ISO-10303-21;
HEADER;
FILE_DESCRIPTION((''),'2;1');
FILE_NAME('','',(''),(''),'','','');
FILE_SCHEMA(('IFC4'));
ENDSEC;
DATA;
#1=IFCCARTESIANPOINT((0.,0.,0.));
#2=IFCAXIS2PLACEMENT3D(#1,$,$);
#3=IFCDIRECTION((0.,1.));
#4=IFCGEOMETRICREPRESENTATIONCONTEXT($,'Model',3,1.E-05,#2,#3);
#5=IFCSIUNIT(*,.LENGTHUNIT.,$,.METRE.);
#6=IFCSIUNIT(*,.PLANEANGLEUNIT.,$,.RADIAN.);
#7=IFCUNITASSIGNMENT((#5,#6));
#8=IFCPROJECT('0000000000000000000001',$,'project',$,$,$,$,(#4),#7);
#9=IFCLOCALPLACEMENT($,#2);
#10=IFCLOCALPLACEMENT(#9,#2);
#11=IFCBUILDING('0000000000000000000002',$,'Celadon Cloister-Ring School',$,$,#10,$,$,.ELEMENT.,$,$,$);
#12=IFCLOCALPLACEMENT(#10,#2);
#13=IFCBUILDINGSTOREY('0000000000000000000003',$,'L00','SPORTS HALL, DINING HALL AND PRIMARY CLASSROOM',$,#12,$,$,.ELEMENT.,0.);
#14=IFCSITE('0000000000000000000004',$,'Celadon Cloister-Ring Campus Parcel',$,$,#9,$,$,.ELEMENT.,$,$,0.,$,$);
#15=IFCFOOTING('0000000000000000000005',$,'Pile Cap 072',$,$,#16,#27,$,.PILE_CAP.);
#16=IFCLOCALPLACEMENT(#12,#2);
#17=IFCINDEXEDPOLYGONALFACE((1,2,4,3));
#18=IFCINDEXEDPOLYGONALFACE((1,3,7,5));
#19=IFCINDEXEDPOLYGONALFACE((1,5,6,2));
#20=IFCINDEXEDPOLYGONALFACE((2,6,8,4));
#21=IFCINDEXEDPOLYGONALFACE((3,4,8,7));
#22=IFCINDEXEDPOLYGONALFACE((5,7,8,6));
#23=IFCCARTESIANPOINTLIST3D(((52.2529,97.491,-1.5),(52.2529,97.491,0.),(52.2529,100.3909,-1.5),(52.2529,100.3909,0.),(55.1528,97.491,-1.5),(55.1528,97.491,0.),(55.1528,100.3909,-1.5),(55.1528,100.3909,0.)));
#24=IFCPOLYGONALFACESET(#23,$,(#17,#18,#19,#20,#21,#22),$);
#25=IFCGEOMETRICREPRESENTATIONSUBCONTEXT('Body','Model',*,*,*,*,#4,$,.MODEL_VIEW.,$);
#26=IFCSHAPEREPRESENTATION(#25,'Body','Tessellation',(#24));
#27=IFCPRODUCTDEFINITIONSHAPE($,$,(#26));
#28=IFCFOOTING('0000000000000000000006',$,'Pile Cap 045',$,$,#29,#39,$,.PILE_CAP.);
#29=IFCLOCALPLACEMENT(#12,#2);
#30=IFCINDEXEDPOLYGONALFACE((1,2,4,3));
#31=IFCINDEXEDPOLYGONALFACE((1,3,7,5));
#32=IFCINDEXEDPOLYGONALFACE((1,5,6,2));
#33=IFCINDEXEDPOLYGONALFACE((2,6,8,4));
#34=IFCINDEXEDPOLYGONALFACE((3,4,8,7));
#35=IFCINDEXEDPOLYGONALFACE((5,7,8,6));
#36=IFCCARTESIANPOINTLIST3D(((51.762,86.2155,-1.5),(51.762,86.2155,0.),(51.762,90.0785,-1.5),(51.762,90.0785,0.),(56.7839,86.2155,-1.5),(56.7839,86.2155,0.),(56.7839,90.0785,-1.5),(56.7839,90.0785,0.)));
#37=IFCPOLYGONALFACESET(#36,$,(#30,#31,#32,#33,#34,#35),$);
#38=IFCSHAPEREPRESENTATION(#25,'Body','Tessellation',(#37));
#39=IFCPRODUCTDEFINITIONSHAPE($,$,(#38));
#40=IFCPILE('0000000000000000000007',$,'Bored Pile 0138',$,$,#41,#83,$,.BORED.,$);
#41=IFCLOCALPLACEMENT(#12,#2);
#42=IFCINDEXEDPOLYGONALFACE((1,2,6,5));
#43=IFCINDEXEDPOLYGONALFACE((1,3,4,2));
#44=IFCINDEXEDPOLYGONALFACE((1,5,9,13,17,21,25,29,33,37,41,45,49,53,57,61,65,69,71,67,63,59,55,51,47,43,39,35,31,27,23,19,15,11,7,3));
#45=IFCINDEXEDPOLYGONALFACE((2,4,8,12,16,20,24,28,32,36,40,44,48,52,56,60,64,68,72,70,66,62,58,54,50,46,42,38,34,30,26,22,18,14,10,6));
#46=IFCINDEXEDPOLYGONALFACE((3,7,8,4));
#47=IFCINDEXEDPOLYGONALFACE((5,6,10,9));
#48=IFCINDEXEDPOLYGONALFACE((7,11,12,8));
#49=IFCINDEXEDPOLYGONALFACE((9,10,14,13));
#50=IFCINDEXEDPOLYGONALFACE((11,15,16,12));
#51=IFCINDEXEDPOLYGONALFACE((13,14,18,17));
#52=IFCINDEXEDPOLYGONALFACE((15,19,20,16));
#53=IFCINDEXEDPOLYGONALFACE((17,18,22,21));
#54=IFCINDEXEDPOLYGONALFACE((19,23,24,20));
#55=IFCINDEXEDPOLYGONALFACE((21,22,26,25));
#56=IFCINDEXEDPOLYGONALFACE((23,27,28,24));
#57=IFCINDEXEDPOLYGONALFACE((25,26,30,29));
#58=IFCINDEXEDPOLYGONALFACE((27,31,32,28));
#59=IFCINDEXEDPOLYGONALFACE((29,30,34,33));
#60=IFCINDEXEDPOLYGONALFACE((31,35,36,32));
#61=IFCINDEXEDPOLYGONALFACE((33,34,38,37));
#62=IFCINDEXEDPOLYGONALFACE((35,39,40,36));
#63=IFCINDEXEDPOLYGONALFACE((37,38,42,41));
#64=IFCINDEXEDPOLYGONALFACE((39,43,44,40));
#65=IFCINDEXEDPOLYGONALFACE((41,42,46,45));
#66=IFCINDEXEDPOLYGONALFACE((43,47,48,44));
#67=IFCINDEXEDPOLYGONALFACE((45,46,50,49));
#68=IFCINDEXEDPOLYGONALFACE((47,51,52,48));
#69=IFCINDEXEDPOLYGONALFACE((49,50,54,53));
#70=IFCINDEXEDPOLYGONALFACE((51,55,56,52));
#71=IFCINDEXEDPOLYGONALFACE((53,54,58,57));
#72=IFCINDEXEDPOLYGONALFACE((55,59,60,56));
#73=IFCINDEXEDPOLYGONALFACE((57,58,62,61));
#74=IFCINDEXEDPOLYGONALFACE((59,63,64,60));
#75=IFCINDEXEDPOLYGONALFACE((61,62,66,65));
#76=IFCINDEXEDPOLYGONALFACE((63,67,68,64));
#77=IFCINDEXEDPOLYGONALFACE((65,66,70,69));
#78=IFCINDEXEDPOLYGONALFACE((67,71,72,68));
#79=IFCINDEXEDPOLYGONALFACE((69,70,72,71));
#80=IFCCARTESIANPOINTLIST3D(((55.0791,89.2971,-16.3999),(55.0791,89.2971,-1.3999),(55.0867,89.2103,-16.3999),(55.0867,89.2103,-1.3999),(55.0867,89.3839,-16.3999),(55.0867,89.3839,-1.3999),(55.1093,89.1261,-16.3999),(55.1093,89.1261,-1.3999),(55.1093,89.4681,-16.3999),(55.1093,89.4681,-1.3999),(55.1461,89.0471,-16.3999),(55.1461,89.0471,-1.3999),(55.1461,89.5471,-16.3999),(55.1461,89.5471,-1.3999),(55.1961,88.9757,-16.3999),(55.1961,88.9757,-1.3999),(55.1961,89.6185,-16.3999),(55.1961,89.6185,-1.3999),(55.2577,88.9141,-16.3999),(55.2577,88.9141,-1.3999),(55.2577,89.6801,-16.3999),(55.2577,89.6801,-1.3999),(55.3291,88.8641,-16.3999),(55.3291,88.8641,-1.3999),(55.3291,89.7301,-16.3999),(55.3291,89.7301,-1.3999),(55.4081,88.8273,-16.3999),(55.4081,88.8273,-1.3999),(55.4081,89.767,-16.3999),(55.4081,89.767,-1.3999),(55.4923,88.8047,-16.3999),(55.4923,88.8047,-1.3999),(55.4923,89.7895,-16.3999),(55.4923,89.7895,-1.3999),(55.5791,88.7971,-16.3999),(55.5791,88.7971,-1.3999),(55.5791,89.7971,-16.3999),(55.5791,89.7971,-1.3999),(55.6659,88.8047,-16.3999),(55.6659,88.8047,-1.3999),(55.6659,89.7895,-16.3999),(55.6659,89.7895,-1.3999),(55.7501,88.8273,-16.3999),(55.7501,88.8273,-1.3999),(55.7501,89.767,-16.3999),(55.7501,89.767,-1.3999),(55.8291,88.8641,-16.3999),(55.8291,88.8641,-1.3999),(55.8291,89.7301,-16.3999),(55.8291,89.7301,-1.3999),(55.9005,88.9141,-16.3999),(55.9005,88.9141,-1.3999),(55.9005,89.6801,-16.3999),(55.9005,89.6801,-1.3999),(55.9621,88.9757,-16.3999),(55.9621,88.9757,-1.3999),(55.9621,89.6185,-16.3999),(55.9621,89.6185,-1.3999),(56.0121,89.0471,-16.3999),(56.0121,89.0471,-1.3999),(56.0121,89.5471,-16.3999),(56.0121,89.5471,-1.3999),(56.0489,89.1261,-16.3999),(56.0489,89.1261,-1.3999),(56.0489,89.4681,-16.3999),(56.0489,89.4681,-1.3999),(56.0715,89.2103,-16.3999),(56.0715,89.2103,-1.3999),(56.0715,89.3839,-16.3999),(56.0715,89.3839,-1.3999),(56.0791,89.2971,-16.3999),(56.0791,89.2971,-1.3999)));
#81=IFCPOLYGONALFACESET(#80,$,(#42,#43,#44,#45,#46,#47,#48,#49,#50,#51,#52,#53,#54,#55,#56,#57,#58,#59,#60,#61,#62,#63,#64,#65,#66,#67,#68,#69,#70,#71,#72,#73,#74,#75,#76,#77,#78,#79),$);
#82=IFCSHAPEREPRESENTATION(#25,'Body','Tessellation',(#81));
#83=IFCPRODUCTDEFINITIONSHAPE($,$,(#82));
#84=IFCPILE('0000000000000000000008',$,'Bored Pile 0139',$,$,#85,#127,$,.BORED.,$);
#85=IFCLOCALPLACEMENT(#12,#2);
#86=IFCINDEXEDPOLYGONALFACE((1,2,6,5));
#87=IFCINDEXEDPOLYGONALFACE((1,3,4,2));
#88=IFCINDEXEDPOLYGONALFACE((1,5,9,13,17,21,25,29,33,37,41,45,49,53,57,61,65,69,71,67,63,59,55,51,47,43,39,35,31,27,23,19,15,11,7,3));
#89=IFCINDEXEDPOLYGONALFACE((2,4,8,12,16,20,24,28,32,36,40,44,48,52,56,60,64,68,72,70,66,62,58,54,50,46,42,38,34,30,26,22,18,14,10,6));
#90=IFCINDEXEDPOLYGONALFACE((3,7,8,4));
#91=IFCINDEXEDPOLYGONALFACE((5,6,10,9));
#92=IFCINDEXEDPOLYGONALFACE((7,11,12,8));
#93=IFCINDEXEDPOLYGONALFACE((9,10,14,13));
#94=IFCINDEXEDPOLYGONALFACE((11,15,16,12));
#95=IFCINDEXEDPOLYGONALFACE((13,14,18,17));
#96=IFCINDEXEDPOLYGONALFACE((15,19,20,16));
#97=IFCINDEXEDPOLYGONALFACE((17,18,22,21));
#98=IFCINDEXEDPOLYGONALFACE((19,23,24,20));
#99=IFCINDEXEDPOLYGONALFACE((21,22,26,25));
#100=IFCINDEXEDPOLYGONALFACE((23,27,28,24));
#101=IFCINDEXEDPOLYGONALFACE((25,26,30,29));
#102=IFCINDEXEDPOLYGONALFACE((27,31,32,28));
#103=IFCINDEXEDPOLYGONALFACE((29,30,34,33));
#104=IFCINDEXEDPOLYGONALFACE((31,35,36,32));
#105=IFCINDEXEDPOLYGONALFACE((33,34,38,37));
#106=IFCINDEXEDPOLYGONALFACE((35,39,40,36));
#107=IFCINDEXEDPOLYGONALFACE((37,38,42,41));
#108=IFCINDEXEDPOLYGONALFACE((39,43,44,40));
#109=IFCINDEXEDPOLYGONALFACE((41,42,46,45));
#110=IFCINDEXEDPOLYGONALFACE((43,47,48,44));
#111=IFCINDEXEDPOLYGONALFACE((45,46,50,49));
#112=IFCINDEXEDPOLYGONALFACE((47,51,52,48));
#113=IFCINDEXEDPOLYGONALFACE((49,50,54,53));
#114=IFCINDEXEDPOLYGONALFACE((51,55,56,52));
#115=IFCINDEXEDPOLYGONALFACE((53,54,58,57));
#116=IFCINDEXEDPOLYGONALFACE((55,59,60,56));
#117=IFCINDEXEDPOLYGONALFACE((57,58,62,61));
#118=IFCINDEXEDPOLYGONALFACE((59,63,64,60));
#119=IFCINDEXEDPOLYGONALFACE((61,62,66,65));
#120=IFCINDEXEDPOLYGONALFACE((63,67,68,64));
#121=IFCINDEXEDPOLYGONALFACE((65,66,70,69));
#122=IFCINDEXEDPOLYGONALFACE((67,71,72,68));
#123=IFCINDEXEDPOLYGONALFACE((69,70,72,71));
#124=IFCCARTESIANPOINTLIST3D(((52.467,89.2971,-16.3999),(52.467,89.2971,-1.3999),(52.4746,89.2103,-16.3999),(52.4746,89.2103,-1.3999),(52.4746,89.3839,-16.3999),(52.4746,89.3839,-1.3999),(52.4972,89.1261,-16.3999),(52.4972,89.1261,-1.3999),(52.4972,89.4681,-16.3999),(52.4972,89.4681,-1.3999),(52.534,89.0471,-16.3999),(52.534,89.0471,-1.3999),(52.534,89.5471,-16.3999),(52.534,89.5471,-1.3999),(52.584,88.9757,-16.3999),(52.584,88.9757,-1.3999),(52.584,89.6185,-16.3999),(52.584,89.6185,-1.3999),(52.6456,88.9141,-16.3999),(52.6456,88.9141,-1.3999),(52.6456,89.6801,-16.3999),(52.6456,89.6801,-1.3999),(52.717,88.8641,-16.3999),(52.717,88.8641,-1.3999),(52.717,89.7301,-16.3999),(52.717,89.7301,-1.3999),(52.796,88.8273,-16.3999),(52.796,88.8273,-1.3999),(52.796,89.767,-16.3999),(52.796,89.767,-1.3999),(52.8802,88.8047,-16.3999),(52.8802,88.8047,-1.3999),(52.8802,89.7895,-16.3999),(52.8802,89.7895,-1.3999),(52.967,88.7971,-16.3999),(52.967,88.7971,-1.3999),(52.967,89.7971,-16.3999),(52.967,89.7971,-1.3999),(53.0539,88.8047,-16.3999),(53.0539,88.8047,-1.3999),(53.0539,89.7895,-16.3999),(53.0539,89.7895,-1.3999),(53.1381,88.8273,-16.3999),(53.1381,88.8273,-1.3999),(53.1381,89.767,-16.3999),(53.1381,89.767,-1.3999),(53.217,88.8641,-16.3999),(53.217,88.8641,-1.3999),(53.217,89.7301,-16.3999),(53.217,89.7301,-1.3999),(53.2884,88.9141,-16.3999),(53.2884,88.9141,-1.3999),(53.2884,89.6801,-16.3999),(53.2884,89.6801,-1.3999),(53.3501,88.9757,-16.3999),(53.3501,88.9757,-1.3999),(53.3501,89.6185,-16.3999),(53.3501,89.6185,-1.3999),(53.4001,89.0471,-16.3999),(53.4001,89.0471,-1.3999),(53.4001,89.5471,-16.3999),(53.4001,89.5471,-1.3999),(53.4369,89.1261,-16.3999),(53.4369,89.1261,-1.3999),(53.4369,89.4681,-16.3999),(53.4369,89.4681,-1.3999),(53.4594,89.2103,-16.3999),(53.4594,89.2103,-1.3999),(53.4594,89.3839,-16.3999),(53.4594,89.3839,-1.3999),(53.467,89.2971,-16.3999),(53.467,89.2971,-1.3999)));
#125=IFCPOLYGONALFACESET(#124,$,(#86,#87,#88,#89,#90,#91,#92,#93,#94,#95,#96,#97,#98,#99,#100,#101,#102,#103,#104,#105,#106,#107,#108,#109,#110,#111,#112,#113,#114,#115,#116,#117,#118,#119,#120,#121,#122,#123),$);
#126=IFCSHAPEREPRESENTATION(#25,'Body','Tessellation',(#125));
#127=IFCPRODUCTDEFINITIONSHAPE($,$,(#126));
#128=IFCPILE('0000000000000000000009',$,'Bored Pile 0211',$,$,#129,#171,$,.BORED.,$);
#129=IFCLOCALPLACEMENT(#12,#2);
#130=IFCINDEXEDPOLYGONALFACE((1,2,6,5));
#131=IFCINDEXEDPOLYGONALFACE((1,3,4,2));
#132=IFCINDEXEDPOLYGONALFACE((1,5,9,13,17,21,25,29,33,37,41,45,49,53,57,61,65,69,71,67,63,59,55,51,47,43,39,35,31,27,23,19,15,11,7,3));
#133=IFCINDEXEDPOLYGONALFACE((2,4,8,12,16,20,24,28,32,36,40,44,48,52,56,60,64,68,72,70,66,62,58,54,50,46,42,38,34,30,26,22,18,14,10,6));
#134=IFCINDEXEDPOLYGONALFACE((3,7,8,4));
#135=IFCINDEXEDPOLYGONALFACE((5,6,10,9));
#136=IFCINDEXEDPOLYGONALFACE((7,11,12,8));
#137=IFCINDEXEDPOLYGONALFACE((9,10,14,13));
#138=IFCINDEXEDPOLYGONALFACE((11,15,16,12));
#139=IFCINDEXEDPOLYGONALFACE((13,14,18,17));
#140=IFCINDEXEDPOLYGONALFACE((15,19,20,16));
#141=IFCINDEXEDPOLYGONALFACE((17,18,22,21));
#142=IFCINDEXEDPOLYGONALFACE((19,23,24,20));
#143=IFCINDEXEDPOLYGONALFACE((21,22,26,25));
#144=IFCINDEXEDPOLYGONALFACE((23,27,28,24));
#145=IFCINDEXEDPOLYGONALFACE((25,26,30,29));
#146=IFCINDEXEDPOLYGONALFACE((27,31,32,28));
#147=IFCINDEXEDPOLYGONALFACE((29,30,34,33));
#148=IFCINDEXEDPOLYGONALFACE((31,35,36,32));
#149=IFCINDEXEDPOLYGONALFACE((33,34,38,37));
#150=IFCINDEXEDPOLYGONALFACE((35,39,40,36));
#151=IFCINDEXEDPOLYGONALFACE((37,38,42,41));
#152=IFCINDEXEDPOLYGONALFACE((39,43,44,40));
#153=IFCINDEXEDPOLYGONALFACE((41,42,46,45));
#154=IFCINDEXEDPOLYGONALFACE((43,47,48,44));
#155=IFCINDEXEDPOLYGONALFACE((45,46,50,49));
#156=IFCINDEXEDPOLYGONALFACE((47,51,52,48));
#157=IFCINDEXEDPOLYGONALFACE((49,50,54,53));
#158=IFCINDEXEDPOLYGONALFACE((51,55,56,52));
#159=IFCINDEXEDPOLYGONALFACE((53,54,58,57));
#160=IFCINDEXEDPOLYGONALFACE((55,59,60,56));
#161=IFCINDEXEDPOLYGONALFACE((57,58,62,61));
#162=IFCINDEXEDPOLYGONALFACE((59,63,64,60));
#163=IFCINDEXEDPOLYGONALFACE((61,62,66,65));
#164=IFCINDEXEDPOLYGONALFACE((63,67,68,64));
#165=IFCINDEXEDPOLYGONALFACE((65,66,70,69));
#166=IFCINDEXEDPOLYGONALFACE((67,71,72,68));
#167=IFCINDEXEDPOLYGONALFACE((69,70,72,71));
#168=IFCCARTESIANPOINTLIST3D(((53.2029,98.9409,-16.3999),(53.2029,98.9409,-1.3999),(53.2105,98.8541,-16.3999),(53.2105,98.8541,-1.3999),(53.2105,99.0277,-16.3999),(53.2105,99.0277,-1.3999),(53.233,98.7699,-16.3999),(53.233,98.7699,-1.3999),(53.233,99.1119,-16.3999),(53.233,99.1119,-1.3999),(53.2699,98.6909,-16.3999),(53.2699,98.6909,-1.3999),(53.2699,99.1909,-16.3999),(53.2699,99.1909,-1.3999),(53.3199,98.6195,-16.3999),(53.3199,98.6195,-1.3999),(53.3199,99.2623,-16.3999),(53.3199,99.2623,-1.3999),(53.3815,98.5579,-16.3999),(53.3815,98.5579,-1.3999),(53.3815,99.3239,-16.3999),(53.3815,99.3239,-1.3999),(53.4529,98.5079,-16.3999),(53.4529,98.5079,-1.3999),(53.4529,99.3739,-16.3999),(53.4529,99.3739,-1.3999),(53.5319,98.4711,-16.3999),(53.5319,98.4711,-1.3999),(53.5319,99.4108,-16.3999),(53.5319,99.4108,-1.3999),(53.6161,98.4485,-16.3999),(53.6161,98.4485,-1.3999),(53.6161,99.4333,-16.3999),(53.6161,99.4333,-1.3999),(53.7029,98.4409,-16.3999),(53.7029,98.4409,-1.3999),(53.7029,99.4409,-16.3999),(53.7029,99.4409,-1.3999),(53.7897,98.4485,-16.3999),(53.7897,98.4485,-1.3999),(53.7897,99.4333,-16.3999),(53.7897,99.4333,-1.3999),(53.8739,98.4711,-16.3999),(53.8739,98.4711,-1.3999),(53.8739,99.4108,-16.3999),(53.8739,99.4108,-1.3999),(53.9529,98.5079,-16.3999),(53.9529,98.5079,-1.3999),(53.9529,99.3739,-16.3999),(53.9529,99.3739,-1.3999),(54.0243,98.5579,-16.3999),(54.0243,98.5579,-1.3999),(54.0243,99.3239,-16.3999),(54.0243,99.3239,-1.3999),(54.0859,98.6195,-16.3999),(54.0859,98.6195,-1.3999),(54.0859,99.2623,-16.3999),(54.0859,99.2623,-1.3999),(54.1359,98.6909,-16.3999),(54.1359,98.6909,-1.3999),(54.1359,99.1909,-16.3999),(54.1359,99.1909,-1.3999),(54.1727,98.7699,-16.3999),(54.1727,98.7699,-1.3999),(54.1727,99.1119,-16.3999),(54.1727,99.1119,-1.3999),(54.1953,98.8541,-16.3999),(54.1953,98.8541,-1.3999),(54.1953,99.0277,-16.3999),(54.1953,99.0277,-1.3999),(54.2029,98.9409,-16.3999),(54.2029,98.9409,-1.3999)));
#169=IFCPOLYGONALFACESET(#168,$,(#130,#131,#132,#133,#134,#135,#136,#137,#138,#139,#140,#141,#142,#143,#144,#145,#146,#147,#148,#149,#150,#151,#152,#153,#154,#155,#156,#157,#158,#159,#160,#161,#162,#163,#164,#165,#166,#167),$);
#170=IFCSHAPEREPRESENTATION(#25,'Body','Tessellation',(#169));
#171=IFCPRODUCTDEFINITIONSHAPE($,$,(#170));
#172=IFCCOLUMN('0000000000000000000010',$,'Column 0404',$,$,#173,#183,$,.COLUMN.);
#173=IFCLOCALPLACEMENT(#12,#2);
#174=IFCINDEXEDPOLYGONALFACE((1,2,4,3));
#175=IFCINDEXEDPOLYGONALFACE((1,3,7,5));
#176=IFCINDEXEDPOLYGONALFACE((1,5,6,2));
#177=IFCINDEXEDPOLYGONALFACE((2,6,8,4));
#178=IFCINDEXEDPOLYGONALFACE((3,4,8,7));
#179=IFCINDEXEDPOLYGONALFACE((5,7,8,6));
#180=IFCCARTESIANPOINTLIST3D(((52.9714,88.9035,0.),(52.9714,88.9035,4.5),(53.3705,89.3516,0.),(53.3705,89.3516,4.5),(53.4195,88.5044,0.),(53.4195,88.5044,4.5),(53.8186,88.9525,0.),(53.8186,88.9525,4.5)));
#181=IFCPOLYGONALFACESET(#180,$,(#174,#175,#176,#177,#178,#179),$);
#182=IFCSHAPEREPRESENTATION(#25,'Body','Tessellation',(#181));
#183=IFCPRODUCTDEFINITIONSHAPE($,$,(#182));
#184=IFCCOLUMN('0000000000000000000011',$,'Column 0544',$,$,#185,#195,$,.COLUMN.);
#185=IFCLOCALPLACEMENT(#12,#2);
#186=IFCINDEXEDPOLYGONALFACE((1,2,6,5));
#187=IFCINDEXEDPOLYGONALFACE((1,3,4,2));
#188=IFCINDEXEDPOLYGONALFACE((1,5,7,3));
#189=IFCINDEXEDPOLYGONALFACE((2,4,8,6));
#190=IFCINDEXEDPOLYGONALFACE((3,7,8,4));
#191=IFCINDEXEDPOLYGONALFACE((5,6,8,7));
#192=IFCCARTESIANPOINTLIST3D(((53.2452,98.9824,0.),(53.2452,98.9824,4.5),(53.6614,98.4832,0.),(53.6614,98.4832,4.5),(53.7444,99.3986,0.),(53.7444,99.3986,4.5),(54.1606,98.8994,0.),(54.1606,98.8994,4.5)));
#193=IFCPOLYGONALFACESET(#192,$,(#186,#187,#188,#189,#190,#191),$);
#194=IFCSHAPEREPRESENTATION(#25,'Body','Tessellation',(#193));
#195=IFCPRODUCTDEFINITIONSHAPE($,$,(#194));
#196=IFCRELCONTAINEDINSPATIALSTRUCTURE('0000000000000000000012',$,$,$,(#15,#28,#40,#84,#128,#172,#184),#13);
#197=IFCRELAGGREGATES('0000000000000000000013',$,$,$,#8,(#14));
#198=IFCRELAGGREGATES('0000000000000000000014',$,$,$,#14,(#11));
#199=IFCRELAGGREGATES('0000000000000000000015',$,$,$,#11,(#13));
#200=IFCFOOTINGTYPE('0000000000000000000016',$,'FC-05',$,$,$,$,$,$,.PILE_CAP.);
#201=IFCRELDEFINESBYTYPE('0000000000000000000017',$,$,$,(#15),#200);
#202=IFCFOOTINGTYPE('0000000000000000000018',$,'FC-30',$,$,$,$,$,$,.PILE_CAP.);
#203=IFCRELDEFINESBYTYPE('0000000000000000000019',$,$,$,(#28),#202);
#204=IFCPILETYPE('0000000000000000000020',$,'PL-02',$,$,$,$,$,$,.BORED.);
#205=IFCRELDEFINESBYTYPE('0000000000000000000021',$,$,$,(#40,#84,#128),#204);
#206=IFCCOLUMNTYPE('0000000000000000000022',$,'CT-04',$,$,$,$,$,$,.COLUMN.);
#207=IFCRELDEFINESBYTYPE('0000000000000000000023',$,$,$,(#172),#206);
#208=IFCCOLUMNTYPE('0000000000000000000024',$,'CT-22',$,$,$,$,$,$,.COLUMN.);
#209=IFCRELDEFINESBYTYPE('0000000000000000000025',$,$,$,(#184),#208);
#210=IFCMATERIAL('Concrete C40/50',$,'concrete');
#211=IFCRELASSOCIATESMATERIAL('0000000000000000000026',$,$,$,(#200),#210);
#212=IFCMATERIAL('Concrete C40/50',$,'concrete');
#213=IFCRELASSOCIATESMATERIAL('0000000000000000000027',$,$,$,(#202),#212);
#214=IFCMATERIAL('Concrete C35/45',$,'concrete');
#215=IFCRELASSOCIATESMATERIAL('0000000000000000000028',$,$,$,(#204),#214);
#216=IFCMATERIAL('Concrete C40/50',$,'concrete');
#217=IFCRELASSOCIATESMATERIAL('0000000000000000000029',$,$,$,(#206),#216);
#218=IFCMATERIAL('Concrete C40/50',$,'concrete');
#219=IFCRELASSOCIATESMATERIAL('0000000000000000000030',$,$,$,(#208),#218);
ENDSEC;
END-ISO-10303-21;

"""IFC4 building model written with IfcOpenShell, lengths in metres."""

from ifc_helpers import new_model, si_unit, direction, frame, origin, origin_2d, place, context, subcontext, project, spatial, rectangle, circle, extrude, material, material_profile, profile_set, type_object, element, save


model = new_model("IFC4")

# Units and contexts
model_context = context("Model", 3, precision=1e-05, world=origin(), true_north=direction((0.0, 1.0)))
body_context = subcontext(model_context, "Body", "Model", "MODEL_VIEW")
ifc_project = project(units=[si_unit("LENGTHUNIT", "METRE"), si_unit("PLANEANGLEUNIT", "RADIAN")], contexts=[model_context])

# Site, building, storey
site_placement = place(None, origin())
site = spatial("IfcSite", under=ifc_project, at=site_placement, Name="Celadon Cloister-Ring Campus Parcel", CompositionType="ELEMENT", RefElevation=0.0)
building_placement = place(site_placement, origin())
building = spatial("IfcBuilding", under=site, at=building_placement, Name="Celadon Cloister-Ring School", CompositionType="ELEMENT")
storey_placement = place(building_placement, origin())
storey = spatial("IfcBuildingStorey", under=building, at=storey_placement, Name="L00", Description="SPORTS HALL, DINING HALL AND PRIMARY CLASSROOM", CompositionType="ELEMENT", Elevation=0.0)

# Footings
ifc_material_1 = material(Name="Concrete C40/50", Category="concrete")
footing_type_1 = type_object("IfcFootingType", Name="FC-05", PredefinedType="PILE_CAP", material=ifc_material_1)
footing_1_placement = place(storey_placement, frame((53.7029, 98.9409, -1.5), z_axis=(0.0, 0.0, 1.0), x_axis=(1.0, 0.0, 0.0)))
element("IfcFooting", 1, at=footing_1_placement, inside=storey, type_object=footing_type_1, Name="Pile Cap 072", PredefinedType="PILE_CAP", context=body_context, shape_type="SweptSolid", body=[
    extrude(rectangle(XDim=2.8999, YDim=2.8999, at=origin_2d()), origin(), (0.0, 0.0, 1.0), 1.5),
])
ifc_material_2 = material(Name="Concrete C40/50", Category="concrete")
footing_type_2 = type_object("IfcFootingType", Name="FC-30", PredefinedType="PILE_CAP", material=ifc_material_2)
footing_2_placement = place(storey_placement, frame((54.2729, 88.147, -1.5), z_axis=(0.0, 0.0, 1.0), x_axis=(1.0, 0.0, 0.0)))
element("IfcFooting", 2, at=footing_2_placement, inside=storey, type_object=footing_type_2, Name="Pile Cap 045", PredefinedType="PILE_CAP", context=body_context, shape_type="SweptSolid", body=[
    extrude(rectangle(XDim=5.022, YDim=3.863, at=origin_2d()), origin(), (0.0, 0.0, 1.0), 1.5),
])

# Piles
ifc_material_3 = material(Name="Concrete C35/45", Category="concrete")
ifc_material_profile_1 = material_profile(ifc_material_3, circle(Radius=0.5, at=origin_2d()), Name="PILE1000")
ifc_profile_set_1 = profile_set([ifc_material_profile_1], Name="Concrete C35/45")
pile_type = type_object("IfcPileType", Name="PL-02", PredefinedType="BORED", material=ifc_profile_set_1)
for number, where, z_axis, x_axis, name in (
    (3, (55.5791, 89.2971, -1.3999), (0.0, 0.0, -1.0), (1.0, 0.0, 0.0), "Bored Pile 0138"),
    (4, (52.967, 89.2971, -1.3999), (0.0, 0.0, -1.0), (1.0, 0.0, 0.0), "Bored Pile 0139"),
    (5, (53.7029, 98.9409, -1.3999), (0.0, 0.0, -1.0), (1.0, 0.0, 0.0), "Bored Pile 0211"),
):
    element("IfcPile", number, at=place(storey_placement, frame(where, z_axis=z_axis, x_axis=x_axis)), inside=storey, type_object=pile_type, Name=name, PredefinedType="BORED", context=body_context, shape_type="SweptSolid", body=[
        extrude(circle(Radius=0.5, at=origin_2d()), origin(), (0.0, 0.0, 1.0), 15.0),
    ])

# Columns
ifc_material_4 = material(Name="Concrete C40/50", Category="concrete")
ifc_material_profile_2 = material_profile(ifc_material_4, rectangle(XDim=0.6001, YDim=0.6001, at=origin_2d()), Name="RC600X600")
ifc_profile_set_2 = profile_set([ifc_material_profile_2], Name="Concrete C40/50")
column_type_1 = type_object("IfcColumnType", Name="CT-04", PredefinedType="COLUMN", material=ifc_profile_set_2)
column_1_placement = place(storey_placement, frame((53.395, 88.928, 0.0), z_axis=(0.0, 0.0, 1.0), x_axis=(-0.746777, 0.665074, 0.0)))
element("IfcColumn", 6, at=column_1_placement, inside=storey, type_object=column_type_1, Name="Column 0404", PredefinedType="COLUMN", context=body_context, shape_type="SweptSolid", body=[
    extrude(rectangle(XDim=0.6001, YDim=0.6001, at=origin_2d()), origin(), (0.0, 0.0, 1.0), 4.5),
])
ifc_material_5 = material(Name="Concrete C40/50", Category="concrete")
ifc_material_profile_3 = material_profile(ifc_material_5, rectangle(XDim=0.6499, YDim=0.6499, at=origin_2d()), Name="RC650X650")
ifc_profile_set_3 = profile_set([ifc_material_profile_3], Name="Concrete C40/50")
column_type_2 = type_object("IfcColumnType", Name="CT-22", PredefinedType="COLUMN", material=ifc_profile_set_3)
column_2_placement = place(storey_placement, frame((53.7029, 98.9409, 0.0), z_axis=(0.0, 0.0, 1.0), x_axis=(-0.640324, 0.768105, 0.0)))
element("IfcColumn", 7, at=column_2_placement, inside=storey, type_object=column_type_2, Name="Column 0544", PredefinedType="COLUMN", context=body_context, shape_type="SweptSolid", body=[
    extrude(rectangle(XDim=0.6499, YDim=0.6499, at=origin_2d()), origin(), (0.0, 0.0, 1.0), 4.5),
])

save(model, "model.ifc")
